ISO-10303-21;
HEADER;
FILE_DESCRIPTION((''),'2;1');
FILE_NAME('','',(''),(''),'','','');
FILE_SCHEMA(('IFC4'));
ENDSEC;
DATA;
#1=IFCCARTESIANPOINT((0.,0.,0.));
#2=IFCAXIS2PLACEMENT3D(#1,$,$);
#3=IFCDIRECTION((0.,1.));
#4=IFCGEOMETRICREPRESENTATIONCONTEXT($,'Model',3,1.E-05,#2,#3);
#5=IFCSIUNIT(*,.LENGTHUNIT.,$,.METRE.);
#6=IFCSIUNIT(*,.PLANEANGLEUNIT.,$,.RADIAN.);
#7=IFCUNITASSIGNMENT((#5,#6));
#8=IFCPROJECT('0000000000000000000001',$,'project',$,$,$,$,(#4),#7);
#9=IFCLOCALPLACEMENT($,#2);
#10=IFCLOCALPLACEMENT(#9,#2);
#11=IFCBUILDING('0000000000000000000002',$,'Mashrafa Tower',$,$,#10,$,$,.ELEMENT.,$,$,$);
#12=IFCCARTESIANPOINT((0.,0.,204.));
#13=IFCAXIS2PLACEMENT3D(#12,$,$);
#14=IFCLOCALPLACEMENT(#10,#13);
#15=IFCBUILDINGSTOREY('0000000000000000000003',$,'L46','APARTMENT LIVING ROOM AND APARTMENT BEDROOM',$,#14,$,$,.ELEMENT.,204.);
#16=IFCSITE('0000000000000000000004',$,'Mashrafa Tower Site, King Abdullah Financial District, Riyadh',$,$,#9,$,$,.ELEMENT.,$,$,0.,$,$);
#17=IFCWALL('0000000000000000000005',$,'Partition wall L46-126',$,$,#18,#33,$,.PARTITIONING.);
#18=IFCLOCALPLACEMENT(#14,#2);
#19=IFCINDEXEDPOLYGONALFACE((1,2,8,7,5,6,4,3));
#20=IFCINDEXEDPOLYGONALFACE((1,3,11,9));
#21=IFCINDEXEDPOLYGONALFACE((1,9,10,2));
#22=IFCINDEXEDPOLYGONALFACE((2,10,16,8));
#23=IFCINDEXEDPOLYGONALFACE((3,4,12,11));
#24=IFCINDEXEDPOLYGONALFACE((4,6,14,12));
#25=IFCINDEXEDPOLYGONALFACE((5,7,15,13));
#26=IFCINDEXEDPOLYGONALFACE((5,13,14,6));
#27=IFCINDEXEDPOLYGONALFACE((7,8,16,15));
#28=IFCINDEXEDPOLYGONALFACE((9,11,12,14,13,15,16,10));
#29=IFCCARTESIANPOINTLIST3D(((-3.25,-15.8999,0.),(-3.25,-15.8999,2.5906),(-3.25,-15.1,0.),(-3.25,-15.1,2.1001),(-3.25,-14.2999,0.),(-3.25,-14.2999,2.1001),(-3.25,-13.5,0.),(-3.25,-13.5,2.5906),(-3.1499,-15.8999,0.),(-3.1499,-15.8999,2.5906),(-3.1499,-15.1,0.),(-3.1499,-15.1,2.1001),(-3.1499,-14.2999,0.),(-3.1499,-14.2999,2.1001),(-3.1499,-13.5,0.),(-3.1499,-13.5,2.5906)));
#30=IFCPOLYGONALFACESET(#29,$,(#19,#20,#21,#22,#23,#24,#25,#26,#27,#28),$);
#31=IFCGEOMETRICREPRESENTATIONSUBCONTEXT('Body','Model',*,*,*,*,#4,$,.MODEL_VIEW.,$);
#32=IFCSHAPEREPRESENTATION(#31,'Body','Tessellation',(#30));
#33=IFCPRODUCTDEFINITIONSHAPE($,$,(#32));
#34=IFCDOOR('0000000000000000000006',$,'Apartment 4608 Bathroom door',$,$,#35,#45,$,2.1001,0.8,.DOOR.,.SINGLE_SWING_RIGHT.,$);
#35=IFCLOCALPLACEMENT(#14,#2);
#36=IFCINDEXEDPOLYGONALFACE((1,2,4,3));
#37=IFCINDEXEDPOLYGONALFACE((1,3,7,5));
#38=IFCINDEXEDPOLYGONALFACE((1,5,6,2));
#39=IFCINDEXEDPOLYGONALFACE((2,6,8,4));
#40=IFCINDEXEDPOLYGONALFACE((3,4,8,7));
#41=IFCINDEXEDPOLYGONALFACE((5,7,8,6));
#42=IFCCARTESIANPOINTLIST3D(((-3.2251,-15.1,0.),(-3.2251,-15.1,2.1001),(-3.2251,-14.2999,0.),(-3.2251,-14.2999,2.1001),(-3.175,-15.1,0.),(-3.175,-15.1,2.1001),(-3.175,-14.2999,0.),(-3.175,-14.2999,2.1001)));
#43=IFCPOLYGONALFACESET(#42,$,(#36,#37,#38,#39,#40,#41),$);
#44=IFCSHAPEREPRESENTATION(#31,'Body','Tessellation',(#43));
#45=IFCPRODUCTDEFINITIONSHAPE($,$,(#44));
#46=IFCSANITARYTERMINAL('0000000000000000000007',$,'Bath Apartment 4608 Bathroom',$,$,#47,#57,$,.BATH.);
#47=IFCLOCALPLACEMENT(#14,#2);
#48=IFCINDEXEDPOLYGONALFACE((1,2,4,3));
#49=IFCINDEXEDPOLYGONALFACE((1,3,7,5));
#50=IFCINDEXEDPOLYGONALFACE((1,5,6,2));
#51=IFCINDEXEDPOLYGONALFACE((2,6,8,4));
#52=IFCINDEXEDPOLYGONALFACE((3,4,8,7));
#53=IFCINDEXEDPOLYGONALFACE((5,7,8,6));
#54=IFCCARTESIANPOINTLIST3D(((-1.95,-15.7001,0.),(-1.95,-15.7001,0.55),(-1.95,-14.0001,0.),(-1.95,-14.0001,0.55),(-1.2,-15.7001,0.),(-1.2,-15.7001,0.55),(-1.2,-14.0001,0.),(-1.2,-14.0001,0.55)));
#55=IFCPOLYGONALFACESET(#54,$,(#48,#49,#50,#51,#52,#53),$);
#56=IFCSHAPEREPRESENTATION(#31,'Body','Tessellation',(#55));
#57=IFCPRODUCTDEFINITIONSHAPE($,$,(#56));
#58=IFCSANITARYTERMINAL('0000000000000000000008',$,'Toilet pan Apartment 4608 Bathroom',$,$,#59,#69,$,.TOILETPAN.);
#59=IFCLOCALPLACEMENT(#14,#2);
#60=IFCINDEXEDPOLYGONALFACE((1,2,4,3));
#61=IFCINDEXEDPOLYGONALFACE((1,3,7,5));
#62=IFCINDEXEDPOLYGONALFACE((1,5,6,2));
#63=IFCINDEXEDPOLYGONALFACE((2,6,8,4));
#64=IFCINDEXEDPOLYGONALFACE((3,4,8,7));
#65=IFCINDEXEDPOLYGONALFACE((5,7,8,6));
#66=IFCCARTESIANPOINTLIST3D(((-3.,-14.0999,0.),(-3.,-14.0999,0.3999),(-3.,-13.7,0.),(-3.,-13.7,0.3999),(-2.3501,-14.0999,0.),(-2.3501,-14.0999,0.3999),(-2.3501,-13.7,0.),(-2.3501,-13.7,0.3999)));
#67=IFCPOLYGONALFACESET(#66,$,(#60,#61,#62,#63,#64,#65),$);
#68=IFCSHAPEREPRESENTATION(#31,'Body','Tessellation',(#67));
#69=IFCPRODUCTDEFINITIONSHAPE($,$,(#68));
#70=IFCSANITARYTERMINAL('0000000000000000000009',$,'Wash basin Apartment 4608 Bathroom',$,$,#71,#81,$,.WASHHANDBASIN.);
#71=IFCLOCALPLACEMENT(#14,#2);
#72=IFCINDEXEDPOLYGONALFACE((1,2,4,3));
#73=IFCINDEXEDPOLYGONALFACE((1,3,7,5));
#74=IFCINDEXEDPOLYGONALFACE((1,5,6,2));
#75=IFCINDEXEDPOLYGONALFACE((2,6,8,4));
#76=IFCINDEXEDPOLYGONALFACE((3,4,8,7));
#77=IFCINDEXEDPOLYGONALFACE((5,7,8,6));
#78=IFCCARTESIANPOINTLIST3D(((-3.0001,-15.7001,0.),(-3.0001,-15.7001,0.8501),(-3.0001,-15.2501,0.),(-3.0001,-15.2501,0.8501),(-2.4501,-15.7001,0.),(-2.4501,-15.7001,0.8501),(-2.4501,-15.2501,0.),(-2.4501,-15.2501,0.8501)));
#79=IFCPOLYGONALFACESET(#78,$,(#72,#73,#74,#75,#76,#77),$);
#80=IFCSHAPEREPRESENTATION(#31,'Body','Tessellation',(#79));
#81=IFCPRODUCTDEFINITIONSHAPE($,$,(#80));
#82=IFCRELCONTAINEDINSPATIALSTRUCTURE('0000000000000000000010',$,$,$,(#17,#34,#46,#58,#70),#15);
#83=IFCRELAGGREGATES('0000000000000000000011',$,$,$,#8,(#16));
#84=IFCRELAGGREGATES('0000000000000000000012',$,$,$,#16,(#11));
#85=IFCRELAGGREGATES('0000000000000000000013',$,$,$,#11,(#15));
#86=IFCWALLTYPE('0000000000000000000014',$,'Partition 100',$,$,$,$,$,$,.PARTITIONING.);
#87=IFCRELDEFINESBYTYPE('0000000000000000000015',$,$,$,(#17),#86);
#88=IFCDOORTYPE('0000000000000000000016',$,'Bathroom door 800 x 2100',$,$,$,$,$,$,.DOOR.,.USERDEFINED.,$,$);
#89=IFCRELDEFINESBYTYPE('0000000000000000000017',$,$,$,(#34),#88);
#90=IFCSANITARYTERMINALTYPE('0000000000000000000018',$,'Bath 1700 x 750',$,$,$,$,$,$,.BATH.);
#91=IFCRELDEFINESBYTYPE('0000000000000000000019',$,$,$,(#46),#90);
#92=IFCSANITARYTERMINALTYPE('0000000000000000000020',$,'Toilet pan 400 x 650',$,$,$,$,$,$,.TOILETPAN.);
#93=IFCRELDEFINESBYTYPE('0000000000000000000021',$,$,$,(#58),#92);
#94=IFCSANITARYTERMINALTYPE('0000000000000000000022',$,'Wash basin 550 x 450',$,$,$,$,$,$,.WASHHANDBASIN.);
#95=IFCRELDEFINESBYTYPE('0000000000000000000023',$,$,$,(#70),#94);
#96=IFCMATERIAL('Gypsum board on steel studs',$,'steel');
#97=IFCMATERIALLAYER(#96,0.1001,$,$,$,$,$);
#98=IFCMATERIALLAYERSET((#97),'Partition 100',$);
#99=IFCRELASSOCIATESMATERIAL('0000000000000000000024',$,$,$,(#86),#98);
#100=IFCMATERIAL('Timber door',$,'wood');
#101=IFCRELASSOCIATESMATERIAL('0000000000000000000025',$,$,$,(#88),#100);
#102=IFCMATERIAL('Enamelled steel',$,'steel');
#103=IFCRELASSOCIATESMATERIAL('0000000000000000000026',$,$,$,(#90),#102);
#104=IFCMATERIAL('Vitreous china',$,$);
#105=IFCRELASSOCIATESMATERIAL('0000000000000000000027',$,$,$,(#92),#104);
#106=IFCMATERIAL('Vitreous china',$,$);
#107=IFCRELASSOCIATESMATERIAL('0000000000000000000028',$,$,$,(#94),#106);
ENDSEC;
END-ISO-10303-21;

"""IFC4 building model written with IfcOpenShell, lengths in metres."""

from ifc_helpers import new_model, si_unit, direction, frame, frame_2d, origin, origin_2d, place, context, subcontext, project, spatial, rectangle, extrude, material, layer, layer_set, type_object, element, fill, save


model = new_model("IFC4")

# Units and contexts
model_context = context("Model", 3, precision=1e-05, world=origin(), true_north=direction((0.0, 1.0)))
body_context = subcontext(model_context, "Body", "Model", "MODEL_VIEW")
ifc_project = project(units=[si_unit("LENGTHUNIT", "METRE"), si_unit("PLANEANGLEUNIT", "RADIAN")], contexts=[model_context])

# Site, building, storey
site_placement = place(None, origin())
site = spatial("IfcSite", under=ifc_project, at=site_placement, Name="Mashrafa Tower Site, King Abdullah Financial District, Riyadh", CompositionType="ELEMENT", RefElevation=0.0)
building_placement = place(site_placement, origin())
building = spatial("IfcBuilding", under=site, at=building_placement, Name="Mashrafa Tower", CompositionType="ELEMENT")
storey_placement = place(building_placement, frame((0.0, 0.0, 204.0)))
storey = spatial("IfcBuildingStorey", under=building, at=storey_placement, Name="L46", Description="APARTMENT LIVING ROOM AND APARTMENT BEDROOM", CompositionType="ELEMENT", Elevation=204.0)

# Shared definitions
ifc_material_1 = material(Name="Gypsum board on steel studs", Category="steel")
ifc_layer_1 = layer(ifc_material_1, 0.1001)
ifc_layer_set_1 = layer_set([ifc_layer_1], Name="Partition 100")
wall_type_1 = type_object("IfcWallType", Name="Partition 100", PredefinedType="PARTITIONING", material=ifc_layer_set_1)

# Wall, opening, door
wall_1_placement = place(storey_placement, frame((-3.2, -13.5, 0.0), z_axis=(0.0, 0.0, 1.0), x_axis=(0.0, -1.0, 0.0)))
wall_1 = element("IfcWall", 1, at=wall_1_placement, inside=storey, type_object=wall_type_1, Name="Partition wall L46-126", PredefinedType="PARTITIONING", context=body_context, shape_type="SweptSolid", body=[
    extrude(rectangle(XDim=2.3999, YDim=0.1001, at=frame_2d((1.2, 0.0))), origin(), (0.0, 0.0, 1.0), 2.5906),
])
opening_1_placement = place(wall_1_placement, frame((0.8, 0.0, 0.0)))
opening_1 = element("IfcOpeningElement", 2, at=opening_1_placement, cuts=wall_1, PredefinedType="OPENING", context=body_context, shape_type="SweptSolid", body=[
    extrude(rectangle(XDim=0.8, YDim=2.1001, at=frame_2d((0.3999, 1.05))), frame((0.0, 0.0601, 0.0), z_axis=(0.0, -1.0, 0.0), x_axis=(1.0, 0.0, 0.0)), (0.0, 0.0, 1.0), 0.1201),
])
ifc_material_2 = material(Name="Timber door", Category="wood")
door_type_1 = type_object("IfcDoorType", Name="Bathroom door 800 x 2100", OperationType="USERDEFINED", PredefinedType="DOOR", material=ifc_material_2)
door_1_placement = place(opening_1_placement, origin())
door_1 = element("IfcDoor", 3, at=door_1_placement, inside=storey, type_object=door_type_1, Name="Apartment 4608 Bathroom door", OperationType="SINGLE_SWING_RIGHT", OverallHeight=2.1001, OverallWidth=0.8, PredefinedType="DOOR", context=body_context, shape_type="SweptSolid", body=[
    extrude(rectangle(XDim=0.8, YDim=2.1001, at=frame_2d((0.3999, 1.05))), frame((0.0, 0.0249, 0.0), z_axis=(0.0, -1.0, 0.0), x_axis=(1.0, 0.0, 0.0)), (0.0, 0.0, 1.0), 0.05),
])
fill(opening_1, door_1)

# Sanitary terminals
ifc_material_3 = material(Name="Enamelled steel", Category="steel")
sanitary_terminal_type_1 = type_object("IfcSanitaryTerminalType", Name="Bath 1700 x 750", PredefinedType="BATH", material=ifc_material_3)
sanitary_terminal_1_placement = place(storey_placement, frame((-1.575, -14.8501, 0.0), z_axis=(0.0, 0.0, 1.0), x_axis=(0.0, 1.0, 0.0)))
element("IfcSanitaryTerminal", 4, at=sanitary_terminal_1_placement, inside=storey, type_object=sanitary_terminal_type_1, Name="Bath Apartment 4608 Bathroom", PredefinedType="BATH", context=body_context, shape_type="SweptSolid", body=[
    extrude(rectangle(XDim=1.7, YDim=0.75, at=origin_2d()), origin(), (0.0, 0.0, 1.0), 0.55),
])
ifc_material_4 = material(Name="Vitreous china")
sanitary_terminal_type_2 = type_object("IfcSanitaryTerminalType", Name="Toilet pan 400 x 650", PredefinedType="TOILETPAN", material=ifc_material_4)
sanitary_terminal_2_placement = place(storey_placement, frame((-2.675, -13.8999, 0.0), z_axis=(0.0, 0.0, 1.0), x_axis=(0.0, -1.0, 0.0)))
element("IfcSanitaryTerminal", 5, at=sanitary_terminal_2_placement, inside=storey, type_object=sanitary_terminal_type_2, Name="Toilet pan Apartment 4608 Bathroom", PredefinedType="TOILETPAN", context=body_context, shape_type="SweptSolid", body=[
    extrude(rectangle(XDim=0.3999, YDim=0.6499, at=origin_2d()), origin(), (0.0, 0.0, 1.0), 0.3999),
])
ifc_material_5 = material(Name="Vitreous china")
sanitary_terminal_type_3 = type_object("IfcSanitaryTerminalType", Name="Wash basin 550 x 450", PredefinedType="WASHHANDBASIN", material=ifc_material_5)
sanitary_terminal_3_placement = place(storey_placement, frame((-2.7251, -15.4751, 0.0), z_axis=(0.0, 0.0, 1.0), x_axis=(1.0, 0.0, 0.0)))
element("IfcSanitaryTerminal", 6, at=sanitary_terminal_3_placement, inside=storey, type_object=sanitary_terminal_type_3, Name="Wash basin Apartment 4608 Bathroom", PredefinedType="WASHHANDBASIN", context=body_context, shape_type="SweptSolid", body=[
    extrude(rectangle(XDim=0.55, YDim=0.45, at=origin_2d()), origin(), (0.0, 0.0, 1.0), 0.8501),
])

save(model, "model.ifc")
